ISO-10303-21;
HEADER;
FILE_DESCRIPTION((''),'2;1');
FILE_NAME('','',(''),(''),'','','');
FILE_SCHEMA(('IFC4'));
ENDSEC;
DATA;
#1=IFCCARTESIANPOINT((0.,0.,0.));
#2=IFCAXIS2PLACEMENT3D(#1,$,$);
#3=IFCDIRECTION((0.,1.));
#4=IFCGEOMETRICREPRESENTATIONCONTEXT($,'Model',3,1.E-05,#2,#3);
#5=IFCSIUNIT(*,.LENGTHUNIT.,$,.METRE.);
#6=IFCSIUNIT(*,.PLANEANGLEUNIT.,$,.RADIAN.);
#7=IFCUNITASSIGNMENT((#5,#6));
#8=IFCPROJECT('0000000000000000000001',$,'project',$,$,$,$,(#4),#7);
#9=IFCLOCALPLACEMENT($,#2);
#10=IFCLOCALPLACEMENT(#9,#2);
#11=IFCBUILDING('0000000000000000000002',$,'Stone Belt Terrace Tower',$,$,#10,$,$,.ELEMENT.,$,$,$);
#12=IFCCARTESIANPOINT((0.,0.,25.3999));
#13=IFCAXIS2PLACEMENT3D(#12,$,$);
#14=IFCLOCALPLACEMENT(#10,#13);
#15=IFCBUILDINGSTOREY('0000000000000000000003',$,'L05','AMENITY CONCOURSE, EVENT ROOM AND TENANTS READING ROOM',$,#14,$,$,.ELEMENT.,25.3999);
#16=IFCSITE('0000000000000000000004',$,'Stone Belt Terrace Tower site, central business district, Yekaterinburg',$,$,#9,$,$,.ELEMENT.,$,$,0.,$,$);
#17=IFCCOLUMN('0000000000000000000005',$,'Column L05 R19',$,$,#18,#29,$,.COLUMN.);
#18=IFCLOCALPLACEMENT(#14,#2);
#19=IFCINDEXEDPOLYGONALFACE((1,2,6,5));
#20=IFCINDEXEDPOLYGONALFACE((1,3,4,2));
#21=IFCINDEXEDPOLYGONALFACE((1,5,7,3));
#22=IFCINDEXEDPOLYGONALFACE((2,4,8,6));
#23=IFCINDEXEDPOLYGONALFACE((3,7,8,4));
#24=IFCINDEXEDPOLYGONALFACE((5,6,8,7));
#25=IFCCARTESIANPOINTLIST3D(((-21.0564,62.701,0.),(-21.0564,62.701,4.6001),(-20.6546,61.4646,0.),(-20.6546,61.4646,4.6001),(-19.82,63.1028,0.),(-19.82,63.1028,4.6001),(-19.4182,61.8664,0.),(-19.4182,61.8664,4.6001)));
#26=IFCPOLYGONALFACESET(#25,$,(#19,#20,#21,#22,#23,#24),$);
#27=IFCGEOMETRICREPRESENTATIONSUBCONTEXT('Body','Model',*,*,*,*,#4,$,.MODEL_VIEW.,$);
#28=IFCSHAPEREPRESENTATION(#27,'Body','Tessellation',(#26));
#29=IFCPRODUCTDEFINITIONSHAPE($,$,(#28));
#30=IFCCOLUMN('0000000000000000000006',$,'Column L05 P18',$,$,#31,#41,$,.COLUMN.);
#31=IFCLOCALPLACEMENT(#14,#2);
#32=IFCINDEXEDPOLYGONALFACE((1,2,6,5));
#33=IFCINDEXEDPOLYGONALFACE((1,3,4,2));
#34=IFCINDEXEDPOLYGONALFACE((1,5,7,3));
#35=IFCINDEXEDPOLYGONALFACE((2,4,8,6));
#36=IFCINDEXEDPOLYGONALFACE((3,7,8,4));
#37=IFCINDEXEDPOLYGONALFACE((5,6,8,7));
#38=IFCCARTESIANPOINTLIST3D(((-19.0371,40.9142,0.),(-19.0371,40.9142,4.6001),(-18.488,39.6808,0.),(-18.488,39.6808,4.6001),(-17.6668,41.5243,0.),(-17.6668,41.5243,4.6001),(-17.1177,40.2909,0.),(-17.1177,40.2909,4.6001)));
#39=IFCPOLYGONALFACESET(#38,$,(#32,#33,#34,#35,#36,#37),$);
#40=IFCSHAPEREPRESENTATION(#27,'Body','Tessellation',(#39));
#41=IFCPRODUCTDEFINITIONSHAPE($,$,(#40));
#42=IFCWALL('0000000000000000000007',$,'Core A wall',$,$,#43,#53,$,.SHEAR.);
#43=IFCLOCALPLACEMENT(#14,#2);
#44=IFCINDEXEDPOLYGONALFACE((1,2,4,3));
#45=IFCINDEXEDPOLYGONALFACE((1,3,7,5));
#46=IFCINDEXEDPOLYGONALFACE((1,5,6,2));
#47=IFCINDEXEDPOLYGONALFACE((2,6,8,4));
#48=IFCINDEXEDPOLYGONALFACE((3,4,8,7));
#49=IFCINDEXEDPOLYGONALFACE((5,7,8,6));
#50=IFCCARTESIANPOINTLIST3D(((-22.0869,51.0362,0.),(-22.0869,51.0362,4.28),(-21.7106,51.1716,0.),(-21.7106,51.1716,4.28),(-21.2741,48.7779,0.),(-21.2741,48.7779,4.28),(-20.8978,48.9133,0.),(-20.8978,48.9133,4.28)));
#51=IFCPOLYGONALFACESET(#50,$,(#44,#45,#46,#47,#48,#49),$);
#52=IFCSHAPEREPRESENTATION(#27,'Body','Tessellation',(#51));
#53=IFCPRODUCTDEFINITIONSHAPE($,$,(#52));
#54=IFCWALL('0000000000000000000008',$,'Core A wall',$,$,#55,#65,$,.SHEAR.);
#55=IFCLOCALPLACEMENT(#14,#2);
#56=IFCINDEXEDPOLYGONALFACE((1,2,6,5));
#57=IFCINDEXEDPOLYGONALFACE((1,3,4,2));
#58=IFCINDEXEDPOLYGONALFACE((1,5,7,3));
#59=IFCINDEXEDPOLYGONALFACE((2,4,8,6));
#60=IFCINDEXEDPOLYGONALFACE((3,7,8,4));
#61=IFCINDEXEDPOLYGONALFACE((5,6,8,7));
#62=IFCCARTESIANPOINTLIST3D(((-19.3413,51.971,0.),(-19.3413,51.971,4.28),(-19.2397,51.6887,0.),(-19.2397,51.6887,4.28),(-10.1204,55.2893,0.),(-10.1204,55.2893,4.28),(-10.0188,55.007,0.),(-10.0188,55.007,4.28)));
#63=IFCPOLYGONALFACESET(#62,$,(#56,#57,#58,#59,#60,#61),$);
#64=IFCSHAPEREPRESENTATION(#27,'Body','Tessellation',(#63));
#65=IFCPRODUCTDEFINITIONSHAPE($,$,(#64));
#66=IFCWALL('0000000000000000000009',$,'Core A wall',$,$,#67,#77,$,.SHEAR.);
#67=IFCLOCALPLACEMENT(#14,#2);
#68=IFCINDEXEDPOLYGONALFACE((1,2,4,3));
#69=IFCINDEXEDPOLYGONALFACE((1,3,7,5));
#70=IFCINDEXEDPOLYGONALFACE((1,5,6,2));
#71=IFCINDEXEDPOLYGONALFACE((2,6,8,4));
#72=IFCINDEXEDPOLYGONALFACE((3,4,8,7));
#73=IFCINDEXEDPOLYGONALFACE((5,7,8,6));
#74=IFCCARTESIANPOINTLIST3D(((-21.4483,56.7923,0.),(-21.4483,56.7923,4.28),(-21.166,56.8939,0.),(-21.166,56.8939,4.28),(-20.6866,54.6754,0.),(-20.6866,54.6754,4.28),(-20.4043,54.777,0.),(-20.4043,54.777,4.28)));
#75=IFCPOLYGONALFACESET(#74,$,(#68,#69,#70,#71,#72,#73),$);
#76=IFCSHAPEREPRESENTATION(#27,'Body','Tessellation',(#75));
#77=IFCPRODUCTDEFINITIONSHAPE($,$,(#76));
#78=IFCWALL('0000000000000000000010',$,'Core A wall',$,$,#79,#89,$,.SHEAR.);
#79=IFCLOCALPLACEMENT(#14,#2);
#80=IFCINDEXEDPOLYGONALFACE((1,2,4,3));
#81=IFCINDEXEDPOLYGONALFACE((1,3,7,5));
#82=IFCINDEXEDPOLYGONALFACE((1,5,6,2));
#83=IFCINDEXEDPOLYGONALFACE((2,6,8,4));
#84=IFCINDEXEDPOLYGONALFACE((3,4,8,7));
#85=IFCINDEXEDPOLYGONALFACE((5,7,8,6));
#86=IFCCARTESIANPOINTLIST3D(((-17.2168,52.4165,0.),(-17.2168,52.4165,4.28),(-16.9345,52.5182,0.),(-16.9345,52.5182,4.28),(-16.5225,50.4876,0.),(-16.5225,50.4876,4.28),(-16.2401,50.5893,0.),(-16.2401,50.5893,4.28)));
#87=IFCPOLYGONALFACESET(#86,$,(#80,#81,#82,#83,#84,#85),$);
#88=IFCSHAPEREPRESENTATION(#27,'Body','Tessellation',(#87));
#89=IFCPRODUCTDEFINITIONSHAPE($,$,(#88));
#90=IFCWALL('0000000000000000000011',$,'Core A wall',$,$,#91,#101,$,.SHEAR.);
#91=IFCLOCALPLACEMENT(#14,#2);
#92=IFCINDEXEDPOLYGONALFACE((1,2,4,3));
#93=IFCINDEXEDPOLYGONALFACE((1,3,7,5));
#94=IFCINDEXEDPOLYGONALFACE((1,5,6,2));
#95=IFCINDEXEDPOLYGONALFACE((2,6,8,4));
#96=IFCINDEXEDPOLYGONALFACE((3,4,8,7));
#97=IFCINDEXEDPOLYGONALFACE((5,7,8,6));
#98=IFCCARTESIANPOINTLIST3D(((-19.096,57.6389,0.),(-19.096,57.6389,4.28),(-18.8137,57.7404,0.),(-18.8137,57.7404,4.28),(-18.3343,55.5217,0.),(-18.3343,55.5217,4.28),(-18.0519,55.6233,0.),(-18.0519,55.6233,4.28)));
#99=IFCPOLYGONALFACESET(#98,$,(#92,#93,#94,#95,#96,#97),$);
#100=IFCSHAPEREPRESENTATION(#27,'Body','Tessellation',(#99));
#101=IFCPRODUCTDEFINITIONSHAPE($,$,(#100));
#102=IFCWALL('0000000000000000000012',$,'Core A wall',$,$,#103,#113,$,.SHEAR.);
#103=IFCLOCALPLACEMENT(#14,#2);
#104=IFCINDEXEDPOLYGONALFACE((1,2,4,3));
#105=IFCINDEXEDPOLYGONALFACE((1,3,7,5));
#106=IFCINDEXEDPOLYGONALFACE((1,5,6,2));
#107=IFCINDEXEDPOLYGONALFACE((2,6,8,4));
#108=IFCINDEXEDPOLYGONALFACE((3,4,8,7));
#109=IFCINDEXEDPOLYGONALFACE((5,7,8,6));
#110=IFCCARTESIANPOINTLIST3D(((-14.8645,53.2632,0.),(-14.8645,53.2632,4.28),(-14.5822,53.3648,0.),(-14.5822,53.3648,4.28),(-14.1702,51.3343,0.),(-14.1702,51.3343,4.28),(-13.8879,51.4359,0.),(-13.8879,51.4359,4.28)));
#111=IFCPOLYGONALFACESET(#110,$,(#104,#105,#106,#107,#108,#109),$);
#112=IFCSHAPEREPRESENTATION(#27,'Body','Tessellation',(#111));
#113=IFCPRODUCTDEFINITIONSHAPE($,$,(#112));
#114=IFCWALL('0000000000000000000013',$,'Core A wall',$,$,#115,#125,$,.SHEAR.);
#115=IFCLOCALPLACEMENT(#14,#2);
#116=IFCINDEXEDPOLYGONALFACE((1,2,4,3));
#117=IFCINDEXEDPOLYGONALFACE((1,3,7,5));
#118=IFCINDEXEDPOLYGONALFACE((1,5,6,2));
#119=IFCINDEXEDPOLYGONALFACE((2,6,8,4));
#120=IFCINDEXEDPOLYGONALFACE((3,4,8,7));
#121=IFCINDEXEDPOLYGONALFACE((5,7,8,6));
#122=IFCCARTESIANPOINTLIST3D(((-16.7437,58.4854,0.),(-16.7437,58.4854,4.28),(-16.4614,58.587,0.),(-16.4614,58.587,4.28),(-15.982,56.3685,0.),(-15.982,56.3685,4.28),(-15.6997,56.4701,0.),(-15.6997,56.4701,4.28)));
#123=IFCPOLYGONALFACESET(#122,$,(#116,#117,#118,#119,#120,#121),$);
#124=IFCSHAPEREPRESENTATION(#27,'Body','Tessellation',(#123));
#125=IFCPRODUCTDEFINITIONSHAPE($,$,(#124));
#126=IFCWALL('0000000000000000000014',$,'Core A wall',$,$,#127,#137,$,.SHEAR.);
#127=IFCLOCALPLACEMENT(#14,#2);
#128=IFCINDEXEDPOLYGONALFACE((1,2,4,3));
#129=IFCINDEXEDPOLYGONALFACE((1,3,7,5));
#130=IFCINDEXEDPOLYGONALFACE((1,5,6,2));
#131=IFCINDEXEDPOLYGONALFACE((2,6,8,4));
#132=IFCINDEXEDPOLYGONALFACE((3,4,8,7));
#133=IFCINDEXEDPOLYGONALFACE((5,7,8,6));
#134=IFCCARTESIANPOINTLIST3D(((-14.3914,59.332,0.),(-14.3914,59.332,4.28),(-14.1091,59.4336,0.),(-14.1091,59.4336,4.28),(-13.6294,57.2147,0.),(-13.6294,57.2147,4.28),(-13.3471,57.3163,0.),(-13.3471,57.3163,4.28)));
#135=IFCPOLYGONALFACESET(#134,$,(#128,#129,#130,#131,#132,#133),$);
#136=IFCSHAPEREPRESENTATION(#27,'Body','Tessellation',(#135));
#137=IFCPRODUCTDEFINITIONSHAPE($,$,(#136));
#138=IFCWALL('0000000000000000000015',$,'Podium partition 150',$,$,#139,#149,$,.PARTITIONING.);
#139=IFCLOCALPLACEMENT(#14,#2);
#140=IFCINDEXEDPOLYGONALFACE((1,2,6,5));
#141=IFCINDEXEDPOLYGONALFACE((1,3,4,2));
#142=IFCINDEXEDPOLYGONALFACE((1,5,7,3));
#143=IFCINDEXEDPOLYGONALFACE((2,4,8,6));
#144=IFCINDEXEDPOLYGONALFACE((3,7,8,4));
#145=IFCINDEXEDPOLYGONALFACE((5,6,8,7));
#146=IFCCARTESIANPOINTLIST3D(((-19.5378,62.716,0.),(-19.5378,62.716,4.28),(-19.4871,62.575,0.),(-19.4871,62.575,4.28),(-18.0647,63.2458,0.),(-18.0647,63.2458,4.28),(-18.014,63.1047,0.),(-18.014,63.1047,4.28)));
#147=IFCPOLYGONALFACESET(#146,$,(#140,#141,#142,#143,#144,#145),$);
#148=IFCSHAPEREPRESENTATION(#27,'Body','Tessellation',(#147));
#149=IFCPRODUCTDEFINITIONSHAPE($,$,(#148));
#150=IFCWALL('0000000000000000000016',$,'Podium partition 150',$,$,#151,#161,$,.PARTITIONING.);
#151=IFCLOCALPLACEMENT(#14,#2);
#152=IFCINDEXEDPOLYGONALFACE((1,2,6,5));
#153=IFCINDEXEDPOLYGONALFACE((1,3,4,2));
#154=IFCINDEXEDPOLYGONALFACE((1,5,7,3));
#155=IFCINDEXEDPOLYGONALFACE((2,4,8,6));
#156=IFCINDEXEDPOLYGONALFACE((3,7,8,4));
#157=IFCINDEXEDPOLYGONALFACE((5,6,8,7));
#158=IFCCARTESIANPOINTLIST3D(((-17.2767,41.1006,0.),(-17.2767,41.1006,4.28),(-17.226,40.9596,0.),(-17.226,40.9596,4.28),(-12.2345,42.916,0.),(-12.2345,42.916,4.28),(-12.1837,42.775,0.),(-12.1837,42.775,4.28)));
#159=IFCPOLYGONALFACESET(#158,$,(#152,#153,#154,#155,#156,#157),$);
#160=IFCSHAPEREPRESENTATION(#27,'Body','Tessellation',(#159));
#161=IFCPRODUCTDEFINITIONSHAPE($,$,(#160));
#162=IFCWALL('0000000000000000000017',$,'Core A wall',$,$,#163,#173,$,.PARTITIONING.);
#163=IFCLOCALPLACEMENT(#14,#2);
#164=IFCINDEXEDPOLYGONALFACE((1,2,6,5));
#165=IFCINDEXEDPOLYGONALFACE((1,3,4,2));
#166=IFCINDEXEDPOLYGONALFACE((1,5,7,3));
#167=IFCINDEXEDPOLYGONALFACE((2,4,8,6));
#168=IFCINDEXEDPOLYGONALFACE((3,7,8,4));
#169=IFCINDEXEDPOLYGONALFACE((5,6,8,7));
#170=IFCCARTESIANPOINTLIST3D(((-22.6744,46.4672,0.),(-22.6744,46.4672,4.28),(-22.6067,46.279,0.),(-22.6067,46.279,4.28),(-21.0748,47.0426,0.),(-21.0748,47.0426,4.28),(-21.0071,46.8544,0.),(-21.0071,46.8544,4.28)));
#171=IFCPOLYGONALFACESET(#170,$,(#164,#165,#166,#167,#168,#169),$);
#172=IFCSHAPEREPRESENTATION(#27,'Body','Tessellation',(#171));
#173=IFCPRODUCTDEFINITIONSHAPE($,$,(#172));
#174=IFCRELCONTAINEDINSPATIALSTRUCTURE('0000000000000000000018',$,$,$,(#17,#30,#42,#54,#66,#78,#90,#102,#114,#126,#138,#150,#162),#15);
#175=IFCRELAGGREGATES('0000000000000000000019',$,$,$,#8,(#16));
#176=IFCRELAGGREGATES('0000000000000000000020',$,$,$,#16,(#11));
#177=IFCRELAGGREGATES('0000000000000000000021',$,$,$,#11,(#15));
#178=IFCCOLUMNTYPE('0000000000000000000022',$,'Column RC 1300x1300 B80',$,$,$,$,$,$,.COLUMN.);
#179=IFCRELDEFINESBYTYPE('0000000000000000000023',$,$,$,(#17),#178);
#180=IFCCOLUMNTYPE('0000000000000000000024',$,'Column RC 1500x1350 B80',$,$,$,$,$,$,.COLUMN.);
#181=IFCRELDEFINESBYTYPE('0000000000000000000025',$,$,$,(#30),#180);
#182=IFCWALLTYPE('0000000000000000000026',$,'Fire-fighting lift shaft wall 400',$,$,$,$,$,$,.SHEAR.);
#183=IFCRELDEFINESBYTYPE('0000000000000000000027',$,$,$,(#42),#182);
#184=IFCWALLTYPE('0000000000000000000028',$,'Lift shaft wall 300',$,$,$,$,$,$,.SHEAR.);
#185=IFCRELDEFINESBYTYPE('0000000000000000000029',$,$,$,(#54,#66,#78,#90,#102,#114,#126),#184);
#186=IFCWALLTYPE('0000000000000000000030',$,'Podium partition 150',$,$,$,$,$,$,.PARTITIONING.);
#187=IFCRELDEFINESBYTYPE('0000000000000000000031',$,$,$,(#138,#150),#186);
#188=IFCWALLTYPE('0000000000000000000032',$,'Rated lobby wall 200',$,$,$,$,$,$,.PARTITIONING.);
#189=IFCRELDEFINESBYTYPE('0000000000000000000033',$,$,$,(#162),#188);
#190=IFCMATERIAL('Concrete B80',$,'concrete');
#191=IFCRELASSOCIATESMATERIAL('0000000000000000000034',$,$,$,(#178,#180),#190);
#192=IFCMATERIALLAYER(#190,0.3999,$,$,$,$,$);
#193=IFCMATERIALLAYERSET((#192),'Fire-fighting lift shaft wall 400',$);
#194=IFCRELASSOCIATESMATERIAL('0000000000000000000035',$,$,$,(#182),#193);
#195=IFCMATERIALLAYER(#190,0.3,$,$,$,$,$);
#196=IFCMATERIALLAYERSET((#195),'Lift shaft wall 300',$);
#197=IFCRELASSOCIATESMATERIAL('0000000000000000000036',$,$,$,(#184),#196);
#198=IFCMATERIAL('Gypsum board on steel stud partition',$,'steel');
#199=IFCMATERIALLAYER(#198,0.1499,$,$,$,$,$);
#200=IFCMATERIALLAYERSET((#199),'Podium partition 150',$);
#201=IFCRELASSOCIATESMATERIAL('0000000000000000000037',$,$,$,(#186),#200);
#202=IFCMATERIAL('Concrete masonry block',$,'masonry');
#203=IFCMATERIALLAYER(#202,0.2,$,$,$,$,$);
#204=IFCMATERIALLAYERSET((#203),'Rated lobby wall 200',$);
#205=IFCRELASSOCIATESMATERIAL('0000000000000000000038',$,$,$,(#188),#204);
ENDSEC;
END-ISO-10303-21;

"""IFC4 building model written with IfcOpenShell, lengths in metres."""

from ifc_helpers import new_model, si_unit, direction, frame, frame_2d, origin, origin_2d, place, context, subcontext, project, spatial, rectangle, extrude, material, layer, layer_set, material_profile, profile_set, type_object, element, save


model = new_model("IFC4")

# Units and contexts
model_context = context("Model", 3, precision=1e-05, world=origin(), true_north=direction((0.0, 1.0)))
body_context = subcontext(model_context, "Body", "Model", "MODEL_VIEW")
ifc_project = project(units=[si_unit("LENGTHUNIT", "METRE"), si_unit("PLANEANGLEUNIT", "RADIAN")], contexts=[model_context])

# Site, building, storey
site_placement = place(None, origin())
site = spatial("IfcSite", under=ifc_project, at=site_placement, Name="Stone Belt Terrace Tower site, central business district, Yekaterinburg", CompositionType="ELEMENT", RefElevation=0.0)
building_placement = place(site_placement, origin())
building = spatial("IfcBuilding", under=site, at=building_placement, Name="Stone Belt Terrace Tower", CompositionType="ELEMENT")
storey_placement = place(building_placement, frame((0.0, 0.0, 25.3999)))
storey = spatial("IfcBuildingStorey", under=building, at=storey_placement, Name="L05", Description="AMENITY CONCOURSE, EVENT ROOM AND TENANTS READING ROOM", CompositionType="ELEMENT", Elevation=25.3999)

# Columns
ifc_material_1 = material(Name="Concrete B80", Category="concrete")
ifc_material_profile_1 = material_profile(ifc_material_1, rectangle(XDim=1.3, YDim=1.3, at=origin_2d()), Name="RC 1300x1300")
ifc_profile_set_1 = profile_set([ifc_material_profile_1], Name="Concrete B80")
column_type_1 = type_object("IfcColumnType", Name="Column RC 1300x1300 B80", PredefinedType="COLUMN", material=ifc_profile_set_1)
column_1_placement = place(storey_placement, frame((-20.2373, 62.2837, 0.0), z_axis=(0.0, 0.0, 1.0), x_axis=(0.951057, 0.309017, 0.0)))
element("IfcColumn", 1, at=column_1_placement, inside=storey, type_object=column_type_1, Name="Column L05 R19", PredefinedType="COLUMN", context=body_context, shape_type="SweptSolid", body=[
    extrude(rectangle(XDim=1.3, YDim=1.3, at=origin_2d()), origin(), (0.0, 0.0, 1.0), 4.6001),
])
ifc_material_profile_2 = material_profile(ifc_material_1, rectangle(XDim=1.5, YDim=1.3501, at=origin_2d()), Name="RC 1500x1350")
ifc_profile_set_2 = profile_set([ifc_material_profile_2], Name="Concrete B80")
column_type_2 = type_object("IfcColumnType", Name="Column RC 1500x1350 B80", PredefinedType="COLUMN", material=ifc_profile_set_2)
column_2_placement = place(storey_placement, frame((-18.0774, 40.6025, 0.0), z_axis=(0.0, 0.0, 1.0), x_axis=(0.913545, 0.406737, 0.0)))
element("IfcColumn", 2, at=column_2_placement, inside=storey, type_object=column_type_2, Name="Column L05 P18", PredefinedType="COLUMN", context=body_context, shape_type="SweptSolid", body=[
    extrude(rectangle(XDim=1.5, YDim=1.3501, at=origin_2d()), origin(), (0.0, 0.0, 1.0), 4.6001),
])

# Walls
ifc_layer_1 = layer(ifc_material_1, 0.3999)
ifc_layer_set_1 = layer_set([ifc_layer_1], Name="Fire-fighting lift shaft wall 400")
wall_type_1 = type_object("IfcWallType", Name="Fire-fighting lift shaft wall 400", PredefinedType="SHEAR", material=ifc_layer_set_1)
wall_1_placement = place(storey_placement, frame((-21.0859, 48.8455, 0.0), z_axis=(0.0, 0.0, 1.0), x_axis=(-0.338629, 0.94092, 0.0)))
element("IfcWall", 3, at=wall_1_placement, inside=storey, type_object=wall_type_1, Name="Core A wall", PredefinedType="SHEAR", context=body_context, shape_type="SweptSolid", body=[
    extrude(rectangle(XDim=2.4001, YDim=0.3999, at=frame_2d((1.2002, 0.0))), origin(), (0.0, 0.0, 1.0), 4.28),
])
ifc_layer_2 = layer(ifc_material_1, 0.3)
ifc_layer_set_2 = layer_set([ifc_layer_2], Name="Lift shaft wall 300")
wall_type_2 = type_object("IfcWallType", Name="Lift shaft wall 300", PredefinedType="SHEAR", material=ifc_layer_set_2)
wall_2_placement = place(storey_placement, frame((-19.2905, 51.8298, 0.0), z_axis=(0.0, 0.0, 1.0), x_axis=(0.940926, 0.338613, 0.0)))
element("IfcWall", 4, at=wall_2_placement, inside=storey, type_object=wall_type_2, Name="Core A wall", PredefinedType="SHEAR", context=body_context, shape_type="SweptSolid", body=[
    extrude(rectangle(XDim=9.7998, YDim=0.3, at=frame_2d((4.8999, 0.0))), origin(), (0.0, 0.0, 1.0), 4.28),
])
wall_3_placement = place(storey_placement, frame((-20.5454, 54.7261, 0.0), z_axis=(0.0, 0.0, 1.0), x_axis=(-0.33857, 0.940941, 0.0)))
element("IfcWall", 5, at=wall_3_placement, inside=storey, type_object=wall_type_2, Name="Core A wall", PredefinedType="SHEAR", context=body_context, shape_type="SweptSolid", body=[
    extrude(rectangle(XDim=2.2498, YDim=0.3, at=frame_2d((1.125, 0.0))), origin(), (0.0, 0.0, 1.0), 4.28),
])
wall_4_placement = place(storey_placement, frame((-16.3813, 50.5386, 0.0), z_axis=(0.0, 0.0, 1.0), x_axis=(-0.338682, 0.940901, 0.0)))
element("IfcWall", 6, at=wall_4_placement, inside=storey, type_object=wall_type_2, Name="Core A wall", PredefinedType="SHEAR", context=body_context, shape_type="SweptSolid", body=[
    extrude(rectangle(XDim=2.05, YDim=0.3, at=frame_2d((1.0249, 0.0))), origin(), (0.0, 0.0, 1.0), 4.28),
])
wall_5_placement = place(storey_placement, frame((-18.1931, 55.5725, 0.0), z_axis=(0.0, 0.0, 1.0), x_axis=(-0.338535, 0.940954, 0.0)))
element("IfcWall", 7, at=wall_5_placement, inside=storey, type_object=wall_type_2, Name="Core A wall", PredefinedType="SHEAR", context=body_context, shape_type="SweptSolid", body=[
    extrude(rectangle(XDim=2.25, YDim=0.3, at=frame_2d((1.125, 0.0))), origin(), (0.0, 0.0, 1.0), 4.28),
])
wall_6_placement = place(storey_placement, frame((-14.0291, 51.3853, 0.0), z_axis=(0.0, 0.0, 1.0), x_axis=(-0.338682, 0.940901, 0.0)))
element("IfcWall", 8, at=wall_6_placement, inside=storey, type_object=wall_type_2, Name="Core A wall", PredefinedType="SHEAR", context=body_context, shape_type="SweptSolid", body=[
    extrude(rectangle(XDim=2.05, YDim=0.3, at=frame_2d((1.0249, 0.0))), origin(), (0.0, 0.0, 1.0), 4.28),
])
wall_7_placement = place(storey_placement, frame((-15.8408, 56.4192, 0.0), z_axis=(0.0, 0.0, 1.0), x_axis=(-0.33857, 0.940941, 0.0)))
element("IfcWall", 9, at=wall_7_placement, inside=storey, type_object=wall_type_2, Name="Core A wall", PredefinedType="SHEAR", context=body_context, shape_type="SweptSolid", body=[
    extrude(rectangle(XDim=2.2498, YDim=0.3, at=frame_2d((1.125, 0.0))), origin(), (0.0, 0.0, 1.0), 4.28),
])
wall_8_placement = place(storey_placement, frame((-13.4883, 57.2656, 0.0), z_axis=(0.0, 0.0, 1.0), x_axis=(-0.338631, 0.940919, 0.0)))
element("IfcWall", 10, at=wall_8_placement, inside=storey, type_object=wall_type_2, Name="Core A wall", PredefinedType="SHEAR", context=body_context, shape_type="SweptSolid", body=[
    extrude(rectangle(XDim=2.2502, YDim=0.3, at=frame_2d((1.125, 0.0))), origin(), (0.0, 0.0, 1.0), 4.28),
])
ifc_material_2 = material(Name="Gypsum board on steel stud partition", Category="steel")
ifc_layer_3 = layer(ifc_material_2, 0.1499)
ifc_layer_set_3 = layer_set([ifc_layer_3], Name="Podium partition 150")
wall_type_3 = type_object("IfcWallType", Name="Podium partition 150", PredefinedType="PARTITIONING", material=ifc_layer_set_3)
wall_9_placement = place(storey_placement, frame((-19.5125, 62.6455, 0.0), z_axis=(0.0, 0.0, 1.0), x_axis=(0.940999, 0.33841, 0.0)))
element("IfcWall", 11, at=wall_9_placement, inside=storey, type_object=wall_type_3, Name="Podium partition 150", PredefinedType="PARTITIONING", context=body_context, shape_type="SweptSolid", body=[
    extrude(rectangle(XDim=1.5654, YDim=0.1499, at=frame_2d((0.7827, 0.0))), origin(), (0.0, 0.0, 1.0), 4.28),
])
wall_10_placement = place(storey_placement, frame((-17.2515, 41.03, 0.0), z_axis=(0.0, 0.0, 1.0), x_axis=(0.940874, 0.338757, 0.0)))
element("IfcWall", 12, at=wall_10_placement, inside=storey, type_object=wall_type_3, Name="Podium partition 150", PredefinedType="PARTITIONING", context=body_context, shape_type="SweptSolid", body=[
    extrude(rectangle(XDim=5.3591, YDim=0.1499, at=frame_2d((2.6797, 0.0))), origin(), (0.0, 0.0, 1.0), 4.28),
])
ifc_material_3 = material(Name="Concrete masonry block", Category="masonry")
ifc_layer_4 = layer(ifc_material_3, 0.2)
ifc_layer_set_4 = layer_set([ifc_layer_4], Name="Rated lobby wall 200")
wall_type_4 = type_object("IfcWallType", Name="Rated lobby wall 200", PredefinedType="PARTITIONING", material=ifc_layer_set_4)
wall_11_placement = place(storey_placement, frame((-22.6406, 46.373, 0.0), z_axis=(0.0, 0.0, 1.0), x_axis=(0.940966, 0.338501, 0.0)))
element("IfcWall", 13, at=wall_11_placement, inside=storey, type_object=wall_type_4, Name="Core A wall", PredefinedType="PARTITIONING", context=body_context, shape_type="SweptSolid", body=[
    extrude(rectangle(XDim=1.7, YDim=0.2, at=frame_2d((0.8501, 0.0))), origin(), (0.0, 0.0, 1.0), 4.28),
])

save(model, "model.ifc")
